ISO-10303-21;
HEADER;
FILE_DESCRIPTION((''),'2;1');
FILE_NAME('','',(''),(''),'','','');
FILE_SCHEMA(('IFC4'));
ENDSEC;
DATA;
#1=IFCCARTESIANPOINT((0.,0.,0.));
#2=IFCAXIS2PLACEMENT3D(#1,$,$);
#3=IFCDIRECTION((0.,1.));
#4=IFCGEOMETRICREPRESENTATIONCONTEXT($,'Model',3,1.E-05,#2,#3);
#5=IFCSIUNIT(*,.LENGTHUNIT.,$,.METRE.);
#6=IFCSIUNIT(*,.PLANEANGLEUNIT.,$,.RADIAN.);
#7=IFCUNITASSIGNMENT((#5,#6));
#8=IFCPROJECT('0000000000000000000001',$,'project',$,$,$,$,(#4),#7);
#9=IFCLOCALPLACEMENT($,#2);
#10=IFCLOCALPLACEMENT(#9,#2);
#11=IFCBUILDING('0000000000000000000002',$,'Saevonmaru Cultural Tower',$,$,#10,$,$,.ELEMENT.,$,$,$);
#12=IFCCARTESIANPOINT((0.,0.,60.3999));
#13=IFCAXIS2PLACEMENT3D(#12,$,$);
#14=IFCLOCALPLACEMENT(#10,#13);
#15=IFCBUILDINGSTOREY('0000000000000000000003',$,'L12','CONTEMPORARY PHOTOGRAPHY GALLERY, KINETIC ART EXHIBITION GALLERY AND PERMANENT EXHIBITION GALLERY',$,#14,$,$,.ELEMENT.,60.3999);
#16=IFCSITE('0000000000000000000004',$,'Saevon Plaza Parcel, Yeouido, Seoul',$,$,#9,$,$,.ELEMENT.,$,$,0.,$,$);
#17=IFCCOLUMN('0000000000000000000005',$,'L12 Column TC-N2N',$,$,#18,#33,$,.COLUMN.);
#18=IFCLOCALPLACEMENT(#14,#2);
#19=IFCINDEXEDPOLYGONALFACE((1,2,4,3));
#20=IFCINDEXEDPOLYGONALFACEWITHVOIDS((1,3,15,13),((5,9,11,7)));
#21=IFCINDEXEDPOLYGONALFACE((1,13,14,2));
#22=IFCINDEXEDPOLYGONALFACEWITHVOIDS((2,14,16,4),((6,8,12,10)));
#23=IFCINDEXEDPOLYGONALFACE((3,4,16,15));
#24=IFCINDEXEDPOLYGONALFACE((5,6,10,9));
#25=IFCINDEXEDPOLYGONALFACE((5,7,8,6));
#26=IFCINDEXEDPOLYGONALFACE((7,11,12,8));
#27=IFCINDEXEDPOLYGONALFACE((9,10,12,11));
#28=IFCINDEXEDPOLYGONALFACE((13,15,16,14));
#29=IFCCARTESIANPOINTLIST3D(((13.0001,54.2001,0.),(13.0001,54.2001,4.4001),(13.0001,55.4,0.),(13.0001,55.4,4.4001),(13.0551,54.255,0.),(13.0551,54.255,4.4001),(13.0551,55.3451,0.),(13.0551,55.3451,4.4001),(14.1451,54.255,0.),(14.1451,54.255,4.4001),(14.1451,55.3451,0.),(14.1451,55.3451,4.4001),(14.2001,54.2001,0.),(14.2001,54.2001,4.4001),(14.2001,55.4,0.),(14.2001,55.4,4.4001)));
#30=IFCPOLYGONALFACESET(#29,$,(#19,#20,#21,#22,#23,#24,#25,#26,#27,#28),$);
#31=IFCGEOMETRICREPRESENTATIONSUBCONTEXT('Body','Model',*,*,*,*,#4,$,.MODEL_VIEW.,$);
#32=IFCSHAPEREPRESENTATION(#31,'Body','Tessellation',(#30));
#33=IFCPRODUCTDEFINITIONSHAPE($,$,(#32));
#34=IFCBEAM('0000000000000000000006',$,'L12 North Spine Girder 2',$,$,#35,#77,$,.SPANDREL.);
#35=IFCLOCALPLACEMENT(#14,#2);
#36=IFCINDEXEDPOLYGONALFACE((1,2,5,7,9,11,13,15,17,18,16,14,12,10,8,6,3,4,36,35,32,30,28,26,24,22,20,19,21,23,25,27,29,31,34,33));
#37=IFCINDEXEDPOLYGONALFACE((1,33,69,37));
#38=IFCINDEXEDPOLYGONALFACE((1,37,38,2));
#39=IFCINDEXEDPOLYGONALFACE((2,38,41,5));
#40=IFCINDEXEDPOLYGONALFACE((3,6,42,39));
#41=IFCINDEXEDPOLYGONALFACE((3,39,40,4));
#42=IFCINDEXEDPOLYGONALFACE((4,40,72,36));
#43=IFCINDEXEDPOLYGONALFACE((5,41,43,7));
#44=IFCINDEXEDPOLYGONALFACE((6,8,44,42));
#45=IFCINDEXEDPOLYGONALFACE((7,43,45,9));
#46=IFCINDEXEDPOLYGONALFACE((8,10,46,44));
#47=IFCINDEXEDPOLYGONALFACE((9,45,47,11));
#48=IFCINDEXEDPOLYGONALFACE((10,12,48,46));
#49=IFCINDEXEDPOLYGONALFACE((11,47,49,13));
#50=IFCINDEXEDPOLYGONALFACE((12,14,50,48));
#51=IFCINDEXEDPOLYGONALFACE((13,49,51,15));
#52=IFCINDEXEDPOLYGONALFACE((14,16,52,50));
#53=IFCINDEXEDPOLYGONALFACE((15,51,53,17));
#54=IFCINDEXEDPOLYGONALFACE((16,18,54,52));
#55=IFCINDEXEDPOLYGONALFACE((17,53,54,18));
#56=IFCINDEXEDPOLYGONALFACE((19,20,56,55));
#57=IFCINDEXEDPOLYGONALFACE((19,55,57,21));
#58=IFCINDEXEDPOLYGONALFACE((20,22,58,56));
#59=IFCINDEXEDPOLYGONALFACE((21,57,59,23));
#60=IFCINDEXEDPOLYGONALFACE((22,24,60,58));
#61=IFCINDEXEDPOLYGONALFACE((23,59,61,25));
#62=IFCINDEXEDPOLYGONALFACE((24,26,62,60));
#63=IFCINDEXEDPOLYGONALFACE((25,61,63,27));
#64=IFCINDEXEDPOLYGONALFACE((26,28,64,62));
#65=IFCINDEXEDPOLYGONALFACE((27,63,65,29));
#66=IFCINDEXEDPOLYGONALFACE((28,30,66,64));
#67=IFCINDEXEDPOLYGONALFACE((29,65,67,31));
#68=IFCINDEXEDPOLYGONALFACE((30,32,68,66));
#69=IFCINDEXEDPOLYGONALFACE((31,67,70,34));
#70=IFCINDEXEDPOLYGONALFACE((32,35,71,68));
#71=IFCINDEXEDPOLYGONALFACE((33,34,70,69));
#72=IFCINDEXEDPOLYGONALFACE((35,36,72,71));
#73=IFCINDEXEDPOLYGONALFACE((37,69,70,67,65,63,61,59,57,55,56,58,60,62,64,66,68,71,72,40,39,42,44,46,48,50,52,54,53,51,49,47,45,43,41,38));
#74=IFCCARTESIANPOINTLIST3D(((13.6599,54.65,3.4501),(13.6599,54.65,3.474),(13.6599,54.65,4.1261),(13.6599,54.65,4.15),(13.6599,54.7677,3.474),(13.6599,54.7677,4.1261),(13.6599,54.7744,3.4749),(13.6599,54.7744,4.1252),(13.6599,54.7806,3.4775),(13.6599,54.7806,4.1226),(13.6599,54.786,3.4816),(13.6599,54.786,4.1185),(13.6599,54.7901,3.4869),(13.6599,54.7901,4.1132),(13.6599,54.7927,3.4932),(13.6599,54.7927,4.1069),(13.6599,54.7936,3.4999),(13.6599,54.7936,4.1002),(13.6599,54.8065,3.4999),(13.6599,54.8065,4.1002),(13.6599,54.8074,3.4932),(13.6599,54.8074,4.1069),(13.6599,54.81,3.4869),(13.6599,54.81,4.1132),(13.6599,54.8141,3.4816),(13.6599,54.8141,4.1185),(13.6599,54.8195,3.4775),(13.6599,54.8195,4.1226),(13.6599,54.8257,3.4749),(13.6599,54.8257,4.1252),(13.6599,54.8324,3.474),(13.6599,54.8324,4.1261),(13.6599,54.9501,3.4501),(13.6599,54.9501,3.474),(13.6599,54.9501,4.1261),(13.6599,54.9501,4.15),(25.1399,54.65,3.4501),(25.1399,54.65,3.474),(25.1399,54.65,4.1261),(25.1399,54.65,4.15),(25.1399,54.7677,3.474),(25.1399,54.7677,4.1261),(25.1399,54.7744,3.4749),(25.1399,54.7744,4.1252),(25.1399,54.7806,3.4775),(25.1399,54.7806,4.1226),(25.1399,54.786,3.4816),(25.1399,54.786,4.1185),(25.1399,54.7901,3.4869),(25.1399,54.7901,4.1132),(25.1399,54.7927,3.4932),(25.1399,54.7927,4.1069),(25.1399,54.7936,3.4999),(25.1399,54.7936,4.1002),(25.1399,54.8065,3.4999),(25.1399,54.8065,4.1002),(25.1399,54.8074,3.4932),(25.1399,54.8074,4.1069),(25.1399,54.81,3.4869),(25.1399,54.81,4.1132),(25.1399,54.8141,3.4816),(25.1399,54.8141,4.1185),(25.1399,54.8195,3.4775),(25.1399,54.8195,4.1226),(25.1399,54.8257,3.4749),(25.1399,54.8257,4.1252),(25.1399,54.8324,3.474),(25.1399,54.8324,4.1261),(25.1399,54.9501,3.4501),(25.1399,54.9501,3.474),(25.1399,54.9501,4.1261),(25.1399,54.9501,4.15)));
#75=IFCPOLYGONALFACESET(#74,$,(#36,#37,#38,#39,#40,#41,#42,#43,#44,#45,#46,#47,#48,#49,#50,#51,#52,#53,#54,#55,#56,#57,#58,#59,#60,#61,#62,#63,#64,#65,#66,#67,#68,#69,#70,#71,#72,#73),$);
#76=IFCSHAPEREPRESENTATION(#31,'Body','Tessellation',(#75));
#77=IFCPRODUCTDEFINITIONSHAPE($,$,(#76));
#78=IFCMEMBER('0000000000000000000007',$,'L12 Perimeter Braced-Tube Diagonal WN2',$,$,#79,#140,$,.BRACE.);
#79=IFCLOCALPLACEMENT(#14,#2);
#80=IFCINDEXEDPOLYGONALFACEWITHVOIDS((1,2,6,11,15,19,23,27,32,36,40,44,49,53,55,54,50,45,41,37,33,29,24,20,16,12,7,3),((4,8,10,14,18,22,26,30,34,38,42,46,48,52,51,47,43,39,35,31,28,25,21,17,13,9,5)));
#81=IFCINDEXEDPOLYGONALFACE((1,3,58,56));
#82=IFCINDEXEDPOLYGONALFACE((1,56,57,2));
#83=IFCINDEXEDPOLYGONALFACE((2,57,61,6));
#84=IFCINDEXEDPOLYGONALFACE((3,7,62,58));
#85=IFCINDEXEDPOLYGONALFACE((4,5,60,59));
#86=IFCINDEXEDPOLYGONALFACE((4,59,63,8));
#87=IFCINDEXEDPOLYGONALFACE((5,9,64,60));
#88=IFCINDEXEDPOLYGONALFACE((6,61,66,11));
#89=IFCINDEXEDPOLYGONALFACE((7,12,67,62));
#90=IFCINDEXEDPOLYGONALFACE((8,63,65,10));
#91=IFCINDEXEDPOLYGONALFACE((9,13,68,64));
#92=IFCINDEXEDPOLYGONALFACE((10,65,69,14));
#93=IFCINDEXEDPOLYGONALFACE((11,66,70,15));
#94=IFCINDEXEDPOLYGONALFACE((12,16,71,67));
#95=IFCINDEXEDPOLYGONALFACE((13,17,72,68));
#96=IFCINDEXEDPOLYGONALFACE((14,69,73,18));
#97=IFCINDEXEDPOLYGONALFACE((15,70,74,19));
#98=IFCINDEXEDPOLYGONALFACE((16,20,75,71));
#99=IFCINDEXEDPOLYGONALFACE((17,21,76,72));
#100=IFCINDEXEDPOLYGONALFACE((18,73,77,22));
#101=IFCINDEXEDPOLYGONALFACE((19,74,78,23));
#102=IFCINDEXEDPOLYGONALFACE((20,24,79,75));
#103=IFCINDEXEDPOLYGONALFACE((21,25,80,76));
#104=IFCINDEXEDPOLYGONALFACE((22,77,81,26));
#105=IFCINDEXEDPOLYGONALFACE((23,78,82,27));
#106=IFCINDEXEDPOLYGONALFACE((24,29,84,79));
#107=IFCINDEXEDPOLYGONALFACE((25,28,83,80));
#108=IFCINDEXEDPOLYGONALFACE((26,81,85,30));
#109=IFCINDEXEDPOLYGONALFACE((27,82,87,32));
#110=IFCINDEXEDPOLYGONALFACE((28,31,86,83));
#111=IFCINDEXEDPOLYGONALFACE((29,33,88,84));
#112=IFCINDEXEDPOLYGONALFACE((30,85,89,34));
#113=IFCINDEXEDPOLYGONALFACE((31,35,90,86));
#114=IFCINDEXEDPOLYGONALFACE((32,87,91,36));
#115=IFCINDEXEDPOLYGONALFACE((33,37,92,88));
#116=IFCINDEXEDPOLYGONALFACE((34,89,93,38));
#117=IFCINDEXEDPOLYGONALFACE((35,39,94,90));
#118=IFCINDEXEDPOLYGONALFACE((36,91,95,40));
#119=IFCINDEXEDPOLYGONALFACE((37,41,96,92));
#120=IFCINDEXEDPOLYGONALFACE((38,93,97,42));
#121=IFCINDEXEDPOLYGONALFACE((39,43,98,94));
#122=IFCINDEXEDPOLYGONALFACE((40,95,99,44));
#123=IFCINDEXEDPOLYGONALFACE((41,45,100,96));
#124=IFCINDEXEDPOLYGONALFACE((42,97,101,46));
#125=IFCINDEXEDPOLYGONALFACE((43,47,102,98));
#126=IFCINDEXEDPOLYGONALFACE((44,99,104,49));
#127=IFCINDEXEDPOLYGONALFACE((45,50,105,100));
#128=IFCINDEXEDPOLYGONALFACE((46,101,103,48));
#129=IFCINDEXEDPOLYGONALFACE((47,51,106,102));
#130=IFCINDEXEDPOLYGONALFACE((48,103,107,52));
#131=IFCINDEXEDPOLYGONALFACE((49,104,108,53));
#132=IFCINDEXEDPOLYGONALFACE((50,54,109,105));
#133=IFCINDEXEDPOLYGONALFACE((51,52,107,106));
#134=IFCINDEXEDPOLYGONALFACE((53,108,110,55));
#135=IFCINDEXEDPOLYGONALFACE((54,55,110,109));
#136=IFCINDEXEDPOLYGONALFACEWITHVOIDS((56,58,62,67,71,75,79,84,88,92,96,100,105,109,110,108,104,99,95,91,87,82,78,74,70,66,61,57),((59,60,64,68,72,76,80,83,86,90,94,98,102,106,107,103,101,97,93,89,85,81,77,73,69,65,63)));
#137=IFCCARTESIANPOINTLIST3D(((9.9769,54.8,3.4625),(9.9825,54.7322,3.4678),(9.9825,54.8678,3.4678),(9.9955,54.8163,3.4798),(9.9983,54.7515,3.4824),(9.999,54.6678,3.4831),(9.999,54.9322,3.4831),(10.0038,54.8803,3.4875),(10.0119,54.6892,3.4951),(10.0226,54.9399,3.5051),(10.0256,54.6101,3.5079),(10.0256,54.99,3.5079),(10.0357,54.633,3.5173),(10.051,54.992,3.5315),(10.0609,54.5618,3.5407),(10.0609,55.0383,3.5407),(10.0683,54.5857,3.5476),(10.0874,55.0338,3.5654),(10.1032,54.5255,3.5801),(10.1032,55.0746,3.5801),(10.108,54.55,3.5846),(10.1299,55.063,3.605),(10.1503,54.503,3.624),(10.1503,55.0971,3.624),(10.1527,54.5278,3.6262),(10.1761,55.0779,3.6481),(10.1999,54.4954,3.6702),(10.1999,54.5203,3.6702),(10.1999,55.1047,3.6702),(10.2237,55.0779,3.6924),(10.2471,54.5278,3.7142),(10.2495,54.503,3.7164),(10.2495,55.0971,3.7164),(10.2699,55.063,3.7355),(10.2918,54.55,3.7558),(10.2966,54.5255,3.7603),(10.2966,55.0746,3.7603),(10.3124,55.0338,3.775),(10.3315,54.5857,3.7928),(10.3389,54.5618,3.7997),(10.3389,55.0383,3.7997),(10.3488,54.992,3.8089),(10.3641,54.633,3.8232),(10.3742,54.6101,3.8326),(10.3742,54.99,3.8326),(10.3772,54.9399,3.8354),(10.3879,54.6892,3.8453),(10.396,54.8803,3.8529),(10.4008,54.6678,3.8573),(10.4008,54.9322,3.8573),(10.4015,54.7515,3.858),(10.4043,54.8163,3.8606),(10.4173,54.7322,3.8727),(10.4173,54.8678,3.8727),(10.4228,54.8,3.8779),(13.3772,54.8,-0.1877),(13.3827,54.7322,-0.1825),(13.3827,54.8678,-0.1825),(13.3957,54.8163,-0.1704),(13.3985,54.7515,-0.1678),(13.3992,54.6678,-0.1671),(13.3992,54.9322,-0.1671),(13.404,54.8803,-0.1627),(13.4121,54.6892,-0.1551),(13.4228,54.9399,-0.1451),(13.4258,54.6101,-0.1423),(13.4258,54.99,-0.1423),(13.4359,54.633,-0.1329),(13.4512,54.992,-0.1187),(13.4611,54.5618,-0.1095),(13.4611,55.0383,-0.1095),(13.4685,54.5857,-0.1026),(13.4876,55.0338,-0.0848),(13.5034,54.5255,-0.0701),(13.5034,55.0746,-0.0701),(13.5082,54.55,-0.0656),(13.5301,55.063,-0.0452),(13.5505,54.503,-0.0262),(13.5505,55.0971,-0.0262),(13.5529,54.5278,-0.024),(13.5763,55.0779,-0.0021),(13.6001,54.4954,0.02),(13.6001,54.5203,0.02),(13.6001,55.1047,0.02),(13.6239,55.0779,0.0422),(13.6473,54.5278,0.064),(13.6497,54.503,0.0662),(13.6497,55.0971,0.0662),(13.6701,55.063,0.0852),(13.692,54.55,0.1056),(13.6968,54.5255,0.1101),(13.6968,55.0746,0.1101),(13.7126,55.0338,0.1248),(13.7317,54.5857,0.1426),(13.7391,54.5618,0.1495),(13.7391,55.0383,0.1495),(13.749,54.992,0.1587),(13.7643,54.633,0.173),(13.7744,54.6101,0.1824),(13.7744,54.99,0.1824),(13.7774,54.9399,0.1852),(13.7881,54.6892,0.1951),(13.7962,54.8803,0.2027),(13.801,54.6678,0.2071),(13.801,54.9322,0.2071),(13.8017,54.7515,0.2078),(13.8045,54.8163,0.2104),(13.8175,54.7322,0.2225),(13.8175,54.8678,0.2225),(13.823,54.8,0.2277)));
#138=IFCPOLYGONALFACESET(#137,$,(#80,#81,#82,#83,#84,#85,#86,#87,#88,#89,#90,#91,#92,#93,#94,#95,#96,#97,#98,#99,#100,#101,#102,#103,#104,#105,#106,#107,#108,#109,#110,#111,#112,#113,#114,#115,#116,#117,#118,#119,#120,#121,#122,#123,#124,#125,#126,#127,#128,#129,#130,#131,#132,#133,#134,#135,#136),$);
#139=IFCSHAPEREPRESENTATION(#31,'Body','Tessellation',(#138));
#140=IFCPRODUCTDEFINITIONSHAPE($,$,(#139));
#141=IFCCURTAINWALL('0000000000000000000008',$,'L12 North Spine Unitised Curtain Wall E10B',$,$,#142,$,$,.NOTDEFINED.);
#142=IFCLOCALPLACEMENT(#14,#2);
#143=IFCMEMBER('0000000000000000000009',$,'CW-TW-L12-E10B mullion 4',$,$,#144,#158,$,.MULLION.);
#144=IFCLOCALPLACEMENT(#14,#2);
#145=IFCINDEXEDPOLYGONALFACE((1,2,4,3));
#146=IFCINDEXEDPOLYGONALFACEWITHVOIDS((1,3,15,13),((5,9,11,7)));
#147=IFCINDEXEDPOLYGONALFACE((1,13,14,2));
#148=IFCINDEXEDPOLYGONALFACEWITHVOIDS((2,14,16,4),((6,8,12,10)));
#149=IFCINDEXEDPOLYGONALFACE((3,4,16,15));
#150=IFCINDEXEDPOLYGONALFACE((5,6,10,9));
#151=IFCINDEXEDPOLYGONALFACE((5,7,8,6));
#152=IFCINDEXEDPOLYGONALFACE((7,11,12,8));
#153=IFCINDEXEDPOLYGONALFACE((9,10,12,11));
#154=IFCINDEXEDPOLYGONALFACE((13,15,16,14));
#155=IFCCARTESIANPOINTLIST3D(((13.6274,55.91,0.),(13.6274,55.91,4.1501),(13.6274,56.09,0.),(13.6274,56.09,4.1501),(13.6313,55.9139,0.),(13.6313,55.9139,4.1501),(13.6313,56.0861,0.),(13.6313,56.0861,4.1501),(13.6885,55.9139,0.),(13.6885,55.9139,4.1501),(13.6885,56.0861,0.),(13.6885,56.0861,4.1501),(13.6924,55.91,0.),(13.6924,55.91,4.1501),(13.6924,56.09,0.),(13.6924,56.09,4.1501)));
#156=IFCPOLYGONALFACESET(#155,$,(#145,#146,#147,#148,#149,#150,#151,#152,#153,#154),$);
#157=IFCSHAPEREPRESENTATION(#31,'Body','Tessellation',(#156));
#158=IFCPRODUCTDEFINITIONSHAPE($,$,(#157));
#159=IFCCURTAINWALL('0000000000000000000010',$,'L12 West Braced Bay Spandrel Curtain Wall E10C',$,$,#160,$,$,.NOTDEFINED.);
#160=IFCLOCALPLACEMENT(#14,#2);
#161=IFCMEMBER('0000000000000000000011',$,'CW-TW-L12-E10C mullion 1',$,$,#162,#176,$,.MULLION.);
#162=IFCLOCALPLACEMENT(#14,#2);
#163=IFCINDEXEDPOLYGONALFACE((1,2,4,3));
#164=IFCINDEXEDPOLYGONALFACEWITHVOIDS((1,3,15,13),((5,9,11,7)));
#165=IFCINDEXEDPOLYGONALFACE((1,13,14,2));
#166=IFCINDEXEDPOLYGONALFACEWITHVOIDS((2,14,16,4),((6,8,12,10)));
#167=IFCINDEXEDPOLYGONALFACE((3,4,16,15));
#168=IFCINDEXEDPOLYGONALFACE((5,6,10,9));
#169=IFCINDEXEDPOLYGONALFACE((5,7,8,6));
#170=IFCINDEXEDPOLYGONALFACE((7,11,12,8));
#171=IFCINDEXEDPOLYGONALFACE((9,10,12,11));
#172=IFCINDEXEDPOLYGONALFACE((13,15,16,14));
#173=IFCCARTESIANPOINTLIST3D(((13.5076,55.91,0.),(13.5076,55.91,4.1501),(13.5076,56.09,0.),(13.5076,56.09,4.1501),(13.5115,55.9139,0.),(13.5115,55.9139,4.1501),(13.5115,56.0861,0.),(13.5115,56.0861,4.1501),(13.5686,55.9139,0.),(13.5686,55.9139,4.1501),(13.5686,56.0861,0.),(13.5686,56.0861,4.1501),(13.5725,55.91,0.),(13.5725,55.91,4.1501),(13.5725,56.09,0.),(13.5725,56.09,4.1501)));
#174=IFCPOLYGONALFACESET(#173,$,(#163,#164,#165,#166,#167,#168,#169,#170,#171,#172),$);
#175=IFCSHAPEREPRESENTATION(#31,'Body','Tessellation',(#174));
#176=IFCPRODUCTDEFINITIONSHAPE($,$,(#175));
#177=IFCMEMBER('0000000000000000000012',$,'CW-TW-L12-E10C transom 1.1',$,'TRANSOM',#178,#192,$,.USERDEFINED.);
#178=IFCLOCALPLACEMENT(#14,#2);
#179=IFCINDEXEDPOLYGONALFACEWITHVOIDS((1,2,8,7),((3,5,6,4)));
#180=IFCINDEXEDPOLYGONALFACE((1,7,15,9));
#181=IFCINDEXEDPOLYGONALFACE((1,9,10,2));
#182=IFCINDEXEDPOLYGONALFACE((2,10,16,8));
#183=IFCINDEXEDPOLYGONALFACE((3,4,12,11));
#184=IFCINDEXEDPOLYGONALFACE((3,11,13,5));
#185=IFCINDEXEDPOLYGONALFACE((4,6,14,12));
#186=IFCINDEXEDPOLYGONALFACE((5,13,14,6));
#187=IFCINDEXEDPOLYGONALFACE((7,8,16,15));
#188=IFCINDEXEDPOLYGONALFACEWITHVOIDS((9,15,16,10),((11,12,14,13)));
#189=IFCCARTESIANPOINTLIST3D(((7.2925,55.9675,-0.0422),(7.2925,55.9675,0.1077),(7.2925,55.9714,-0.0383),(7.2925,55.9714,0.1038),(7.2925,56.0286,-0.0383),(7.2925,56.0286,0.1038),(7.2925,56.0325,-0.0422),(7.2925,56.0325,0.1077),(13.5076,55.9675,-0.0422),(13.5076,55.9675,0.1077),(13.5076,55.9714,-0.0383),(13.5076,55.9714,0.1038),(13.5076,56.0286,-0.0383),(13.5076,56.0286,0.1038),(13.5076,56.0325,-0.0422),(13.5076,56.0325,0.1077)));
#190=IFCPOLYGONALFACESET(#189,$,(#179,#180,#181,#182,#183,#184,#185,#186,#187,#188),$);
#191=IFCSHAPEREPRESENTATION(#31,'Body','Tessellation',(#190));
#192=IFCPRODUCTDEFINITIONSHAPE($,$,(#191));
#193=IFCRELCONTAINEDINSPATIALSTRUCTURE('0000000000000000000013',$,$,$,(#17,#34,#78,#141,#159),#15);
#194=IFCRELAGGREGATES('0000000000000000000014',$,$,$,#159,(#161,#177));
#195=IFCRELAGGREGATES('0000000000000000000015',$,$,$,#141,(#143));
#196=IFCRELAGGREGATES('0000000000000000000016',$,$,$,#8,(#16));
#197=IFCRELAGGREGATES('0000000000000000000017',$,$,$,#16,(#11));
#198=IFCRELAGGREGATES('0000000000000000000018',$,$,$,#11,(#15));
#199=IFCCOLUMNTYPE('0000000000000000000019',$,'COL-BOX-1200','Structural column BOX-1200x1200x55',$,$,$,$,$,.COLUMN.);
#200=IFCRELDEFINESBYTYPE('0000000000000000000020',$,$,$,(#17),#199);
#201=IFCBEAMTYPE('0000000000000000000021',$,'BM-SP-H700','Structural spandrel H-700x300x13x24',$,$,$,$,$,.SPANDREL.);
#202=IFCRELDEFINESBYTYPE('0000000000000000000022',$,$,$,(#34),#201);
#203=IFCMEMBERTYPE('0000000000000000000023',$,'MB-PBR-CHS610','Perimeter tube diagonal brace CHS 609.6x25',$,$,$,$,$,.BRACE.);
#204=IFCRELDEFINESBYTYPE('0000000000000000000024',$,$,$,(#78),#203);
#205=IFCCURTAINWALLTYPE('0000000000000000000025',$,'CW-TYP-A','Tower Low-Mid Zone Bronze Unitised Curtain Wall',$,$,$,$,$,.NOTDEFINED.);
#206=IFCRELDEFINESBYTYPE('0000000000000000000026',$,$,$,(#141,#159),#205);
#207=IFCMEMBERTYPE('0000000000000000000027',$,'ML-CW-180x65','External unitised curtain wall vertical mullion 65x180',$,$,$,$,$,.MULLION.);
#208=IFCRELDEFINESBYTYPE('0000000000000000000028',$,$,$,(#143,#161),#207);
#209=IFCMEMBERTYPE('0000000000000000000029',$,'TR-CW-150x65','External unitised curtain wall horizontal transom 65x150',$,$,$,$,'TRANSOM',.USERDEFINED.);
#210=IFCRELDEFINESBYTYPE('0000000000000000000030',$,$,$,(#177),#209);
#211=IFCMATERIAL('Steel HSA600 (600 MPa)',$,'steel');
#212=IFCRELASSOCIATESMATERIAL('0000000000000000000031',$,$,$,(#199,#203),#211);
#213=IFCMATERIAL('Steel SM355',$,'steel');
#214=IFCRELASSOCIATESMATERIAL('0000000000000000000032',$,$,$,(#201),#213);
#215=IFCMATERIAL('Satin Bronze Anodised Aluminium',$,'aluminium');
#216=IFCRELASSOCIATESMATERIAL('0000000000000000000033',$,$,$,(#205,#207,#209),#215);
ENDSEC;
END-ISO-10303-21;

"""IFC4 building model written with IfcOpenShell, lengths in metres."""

from ifc_helpers import new_model, si_unit, direction, frame, origin, origin_2d, place, context, subcontext, project, spatial, hollow_rectangle, hollow_circle, i_section, extrude, material, material_profile, profile_set, type_object, element, aggregate, save


model = new_model("IFC4")

# Units and contexts
model_context = context("Model", 3, precision=1e-05, world=origin(), true_north=direction((0.0, 1.0)))
body_context = subcontext(model_context, "Body", "Model", "MODEL_VIEW")
ifc_project = project(units=[si_unit("LENGTHUNIT", "METRE"), si_unit("PLANEANGLEUNIT", "RADIAN")], contexts=[model_context])

# Site, building, storey
site_placement = place(None, origin())
site = spatial("IfcSite", under=ifc_project, at=site_placement, Name="Saevon Plaza Parcel, Yeouido, Seoul", CompositionType="ELEMENT", RefElevation=0.0)
building_placement = place(site_placement, origin())
building = spatial("IfcBuilding", under=site, at=building_placement, Name="Saevonmaru Cultural Tower", CompositionType="ELEMENT")
storey_placement = place(building_placement, frame((0.0, 0.0, 60.3999)))
storey = spatial("IfcBuildingStorey", under=building, at=storey_placement, Name="L12", Description="CONTEMPORARY PHOTOGRAPHY GALLERY, KINETIC ART EXHIBITION GALLERY AND PERMANENT EXHIBITION GALLERY", CompositionType="ELEMENT", Elevation=60.3999)

# Column
ifc_material_1 = material(Name="Steel HSA600 (600 MPa)", Category="steel")
ifc_material_profile_1 = material_profile(ifc_material_1, hollow_rectangle(XDim=1.2, YDim=1.2, WallThickness=0.0549, at=origin_2d()), Name="BOX-1200x1200x55")
ifc_profile_set_1 = profile_set([ifc_material_profile_1], Name="Steel HSA600 (600 MPa)")
column_type = type_object("IfcColumnType", Name="COL-BOX-1200", Description="Structural column BOX-1200x1200x55", PredefinedType="COLUMN", material=ifc_profile_set_1)
column_placement = place(storey_placement, frame((13.6001, 54.8, 0.0), z_axis=(0.0, 0.0, 1.0), x_axis=(1.0, 0.0, 0.0)))
element("IfcColumn", 1, at=column_placement, inside=storey, type_object=column_type, Name="L12 Column TC-N2N", PredefinedType="COLUMN", context=body_context, shape_type="SweptSolid", body=[
    extrude(hollow_rectangle(XDim=1.2, YDim=1.2, WallThickness=0.0549, at=origin_2d()), origin(), (0.0, 0.0, 1.0), 4.4001),
])

# Beam
ifc_material_2 = material(Name="Steel SM355", Category="steel")
ifc_material_profile_2 = material_profile(ifc_material_2, i_section(OverallWidth=0.3, OverallDepth=0.7, WebThickness=0.0129, FlangeThickness=0.0239, FilletRadius=0.0259, at=origin_2d()), Name="H-700x300x13x24")
ifc_profile_set_2 = profile_set([ifc_material_profile_2], Name="Steel SM355")
beam_type = type_object("IfcBeamType", Name="BM-SP-H700", Description="Structural spandrel H-700x300x13x24", PredefinedType="SPANDREL", material=ifc_profile_set_2)
beam_placement = place(storey_placement, frame((13.6599, 54.8, 3.8), z_axis=(1.0, 0.0, 0.0), x_axis=(0.0, 1.0, 0.0)))
element("IfcBeam", 2, at=beam_placement, inside=storey, type_object=beam_type, Name="L12 North Spine Girder 2", PredefinedType="SPANDREL", context=body_context, shape_type="SweptSolid", body=[
    extrude(i_section(OverallWidth=0.3, OverallDepth=0.7, WebThickness=0.0129, FlangeThickness=0.0239, FilletRadius=0.0259, at=origin_2d()), origin(), (0.0, 0.0, 1.0), 11.48),
])

# Member
ifc_material_profile_3 = material_profile(ifc_material_1, hollow_circle(Radius=0.3047, WallThickness=0.0249, at=origin_2d()), Name="CHS-609.6x25")
ifc_profile_set_3 = profile_set([ifc_material_profile_3], Name="Steel HSA600 (600 MPa)")
member_type_1 = type_object("IfcMemberType", Name="MB-PBR-CHS610", Description="Perimeter tube diagonal brace CHS 609.6x25", PredefinedType="BRACE", material=ifc_profile_set_3)
member_1_placement = place(storey_placement, frame((13.6001, 54.8, 0.02), z_axis=(-0.681605, 0.0, 0.731721), x_axis=(0.0, -1.0, 0.0)))
element("IfcMember", 3, at=member_1_placement, inside=storey, type_object=member_type_1, Name="L12 Perimeter Braced-Tube Diagonal WN2", PredefinedType="BRACE", context=body_context, shape_type="SweptSolid", body=[
    extrude(hollow_circle(Radius=0.3047, WallThickness=0.0249, at=origin_2d()), origin(), (0.0, 0.0, 1.0), 4.9885),
])

# Curtain wall, member
ifc_material_3 = material(Name="Satin Bronze Anodised Aluminium", Category="aluminium")
curtain_wall_type = type_object("IfcCurtainWallType", Name="CW-TYP-A", Description="Tower Low-Mid Zone Bronze Unitised Curtain Wall", PredefinedType="NOTDEFINED", material=ifc_material_3)
curtain_wall_1_placement = place(storey_placement, origin())
curtain_wall_1 = element("IfcCurtainWall", 4, at=curtain_wall_1_placement, inside=storey, type_object=curtain_wall_type, Name="L12 North Spine Unitised Curtain Wall E10B", PredefinedType="NOTDEFINED")
ifc_material_profile_4 = material_profile(ifc_material_3, hollow_rectangle(XDim=0.0649, YDim=0.1799, WallThickness=0.0039, at=origin_2d()), Name="ALU-MULL-180x65x4")
ifc_profile_set_4 = profile_set([ifc_material_profile_4], Name="Satin Bronze Anodised Aluminium")
member_type_2 = type_object("IfcMemberType", Name="ML-CW-180x65", Description="External unitised curtain wall vertical mullion 65x180", PredefinedType="MULLION", material=ifc_profile_set_4)
member_2_placement = place(storey_placement, frame((13.6599, 56.0, 0.0), z_axis=(0.0, 0.0, 1.0), x_axis=(-1.0, 0.0, 0.0)))
member_2 = element("IfcMember", 5, at=member_2_placement, type_object=member_type_2, Name="CW-TW-L12-E10B mullion 4", PredefinedType="MULLION", context=body_context, shape_type="SweptSolid", body=[
    extrude(hollow_rectangle(XDim=0.0649, YDim=0.1799, WallThickness=0.0039, at=origin_2d()), origin(), (0.0, 0.0, 1.0), 4.1501),
])

# Curtain wall, members
curtain_wall_2_placement = place(storey_placement, origin())
curtain_wall_2 = element("IfcCurtainWall", 6, at=curtain_wall_2_placement, inside=storey, type_object=curtain_wall_type, Name="L12 West Braced Bay Spandrel Curtain Wall E10C", PredefinedType="NOTDEFINED")
member_3_placement = place(storey_placement, frame((13.54, 56.0, 0.0), z_axis=(0.0, 0.0, 1.0), x_axis=(-1.0, 0.0, 0.0)))
member_3 = element("IfcMember", 7, at=member_3_placement, type_object=member_type_2, Name="CW-TW-L12-E10C mullion 1", PredefinedType="MULLION", context=body_context, shape_type="SweptSolid", body=[
    extrude(hollow_rectangle(XDim=0.0649, YDim=0.1799, WallThickness=0.0039, at=origin_2d()), origin(), (0.0, 0.0, 1.0), 4.1501),
])
ifc_material_profile_5 = material_profile(ifc_material_3, hollow_rectangle(XDim=0.0649, YDim=0.1499, WallThickness=0.0039, at=origin_2d()), Name="ALU-TRAN-150x65x4")
ifc_profile_set_5 = profile_set([ifc_material_profile_5], Name="Satin Bronze Anodised Aluminium")
member_type_3 = type_object("IfcMemberType", Name="TR-CW-150x65", Description="External unitised curtain wall horizontal transom 65x150", ElementType="TRANSOM", PredefinedType="USERDEFINED", material=ifc_profile_set_5)
member_4_placement = place(storey_placement, frame((13.5076, 56.0, 0.0327), z_axis=(-1.0, 0.0, 0.0), x_axis=(0.0, -1.0, 0.0)))
member_4 = element("IfcMember", 8, at=member_4_placement, type_object=member_type_3, Name="CW-TW-L12-E10C transom 1.1", ObjectType="TRANSOM", PredefinedType="USERDEFINED", context=body_context, shape_type="SweptSolid", body=[
    extrude(hollow_rectangle(XDim=0.0649, YDim=0.1499, WallThickness=0.0039, at=origin_2d()), origin(), (0.0, 0.0, 1.0), 6.2151),
])
aggregate(curtain_wall_2, [member_3, member_4])

aggregate(curtain_wall_1, [member_2])

save(model, "model.ifc")
